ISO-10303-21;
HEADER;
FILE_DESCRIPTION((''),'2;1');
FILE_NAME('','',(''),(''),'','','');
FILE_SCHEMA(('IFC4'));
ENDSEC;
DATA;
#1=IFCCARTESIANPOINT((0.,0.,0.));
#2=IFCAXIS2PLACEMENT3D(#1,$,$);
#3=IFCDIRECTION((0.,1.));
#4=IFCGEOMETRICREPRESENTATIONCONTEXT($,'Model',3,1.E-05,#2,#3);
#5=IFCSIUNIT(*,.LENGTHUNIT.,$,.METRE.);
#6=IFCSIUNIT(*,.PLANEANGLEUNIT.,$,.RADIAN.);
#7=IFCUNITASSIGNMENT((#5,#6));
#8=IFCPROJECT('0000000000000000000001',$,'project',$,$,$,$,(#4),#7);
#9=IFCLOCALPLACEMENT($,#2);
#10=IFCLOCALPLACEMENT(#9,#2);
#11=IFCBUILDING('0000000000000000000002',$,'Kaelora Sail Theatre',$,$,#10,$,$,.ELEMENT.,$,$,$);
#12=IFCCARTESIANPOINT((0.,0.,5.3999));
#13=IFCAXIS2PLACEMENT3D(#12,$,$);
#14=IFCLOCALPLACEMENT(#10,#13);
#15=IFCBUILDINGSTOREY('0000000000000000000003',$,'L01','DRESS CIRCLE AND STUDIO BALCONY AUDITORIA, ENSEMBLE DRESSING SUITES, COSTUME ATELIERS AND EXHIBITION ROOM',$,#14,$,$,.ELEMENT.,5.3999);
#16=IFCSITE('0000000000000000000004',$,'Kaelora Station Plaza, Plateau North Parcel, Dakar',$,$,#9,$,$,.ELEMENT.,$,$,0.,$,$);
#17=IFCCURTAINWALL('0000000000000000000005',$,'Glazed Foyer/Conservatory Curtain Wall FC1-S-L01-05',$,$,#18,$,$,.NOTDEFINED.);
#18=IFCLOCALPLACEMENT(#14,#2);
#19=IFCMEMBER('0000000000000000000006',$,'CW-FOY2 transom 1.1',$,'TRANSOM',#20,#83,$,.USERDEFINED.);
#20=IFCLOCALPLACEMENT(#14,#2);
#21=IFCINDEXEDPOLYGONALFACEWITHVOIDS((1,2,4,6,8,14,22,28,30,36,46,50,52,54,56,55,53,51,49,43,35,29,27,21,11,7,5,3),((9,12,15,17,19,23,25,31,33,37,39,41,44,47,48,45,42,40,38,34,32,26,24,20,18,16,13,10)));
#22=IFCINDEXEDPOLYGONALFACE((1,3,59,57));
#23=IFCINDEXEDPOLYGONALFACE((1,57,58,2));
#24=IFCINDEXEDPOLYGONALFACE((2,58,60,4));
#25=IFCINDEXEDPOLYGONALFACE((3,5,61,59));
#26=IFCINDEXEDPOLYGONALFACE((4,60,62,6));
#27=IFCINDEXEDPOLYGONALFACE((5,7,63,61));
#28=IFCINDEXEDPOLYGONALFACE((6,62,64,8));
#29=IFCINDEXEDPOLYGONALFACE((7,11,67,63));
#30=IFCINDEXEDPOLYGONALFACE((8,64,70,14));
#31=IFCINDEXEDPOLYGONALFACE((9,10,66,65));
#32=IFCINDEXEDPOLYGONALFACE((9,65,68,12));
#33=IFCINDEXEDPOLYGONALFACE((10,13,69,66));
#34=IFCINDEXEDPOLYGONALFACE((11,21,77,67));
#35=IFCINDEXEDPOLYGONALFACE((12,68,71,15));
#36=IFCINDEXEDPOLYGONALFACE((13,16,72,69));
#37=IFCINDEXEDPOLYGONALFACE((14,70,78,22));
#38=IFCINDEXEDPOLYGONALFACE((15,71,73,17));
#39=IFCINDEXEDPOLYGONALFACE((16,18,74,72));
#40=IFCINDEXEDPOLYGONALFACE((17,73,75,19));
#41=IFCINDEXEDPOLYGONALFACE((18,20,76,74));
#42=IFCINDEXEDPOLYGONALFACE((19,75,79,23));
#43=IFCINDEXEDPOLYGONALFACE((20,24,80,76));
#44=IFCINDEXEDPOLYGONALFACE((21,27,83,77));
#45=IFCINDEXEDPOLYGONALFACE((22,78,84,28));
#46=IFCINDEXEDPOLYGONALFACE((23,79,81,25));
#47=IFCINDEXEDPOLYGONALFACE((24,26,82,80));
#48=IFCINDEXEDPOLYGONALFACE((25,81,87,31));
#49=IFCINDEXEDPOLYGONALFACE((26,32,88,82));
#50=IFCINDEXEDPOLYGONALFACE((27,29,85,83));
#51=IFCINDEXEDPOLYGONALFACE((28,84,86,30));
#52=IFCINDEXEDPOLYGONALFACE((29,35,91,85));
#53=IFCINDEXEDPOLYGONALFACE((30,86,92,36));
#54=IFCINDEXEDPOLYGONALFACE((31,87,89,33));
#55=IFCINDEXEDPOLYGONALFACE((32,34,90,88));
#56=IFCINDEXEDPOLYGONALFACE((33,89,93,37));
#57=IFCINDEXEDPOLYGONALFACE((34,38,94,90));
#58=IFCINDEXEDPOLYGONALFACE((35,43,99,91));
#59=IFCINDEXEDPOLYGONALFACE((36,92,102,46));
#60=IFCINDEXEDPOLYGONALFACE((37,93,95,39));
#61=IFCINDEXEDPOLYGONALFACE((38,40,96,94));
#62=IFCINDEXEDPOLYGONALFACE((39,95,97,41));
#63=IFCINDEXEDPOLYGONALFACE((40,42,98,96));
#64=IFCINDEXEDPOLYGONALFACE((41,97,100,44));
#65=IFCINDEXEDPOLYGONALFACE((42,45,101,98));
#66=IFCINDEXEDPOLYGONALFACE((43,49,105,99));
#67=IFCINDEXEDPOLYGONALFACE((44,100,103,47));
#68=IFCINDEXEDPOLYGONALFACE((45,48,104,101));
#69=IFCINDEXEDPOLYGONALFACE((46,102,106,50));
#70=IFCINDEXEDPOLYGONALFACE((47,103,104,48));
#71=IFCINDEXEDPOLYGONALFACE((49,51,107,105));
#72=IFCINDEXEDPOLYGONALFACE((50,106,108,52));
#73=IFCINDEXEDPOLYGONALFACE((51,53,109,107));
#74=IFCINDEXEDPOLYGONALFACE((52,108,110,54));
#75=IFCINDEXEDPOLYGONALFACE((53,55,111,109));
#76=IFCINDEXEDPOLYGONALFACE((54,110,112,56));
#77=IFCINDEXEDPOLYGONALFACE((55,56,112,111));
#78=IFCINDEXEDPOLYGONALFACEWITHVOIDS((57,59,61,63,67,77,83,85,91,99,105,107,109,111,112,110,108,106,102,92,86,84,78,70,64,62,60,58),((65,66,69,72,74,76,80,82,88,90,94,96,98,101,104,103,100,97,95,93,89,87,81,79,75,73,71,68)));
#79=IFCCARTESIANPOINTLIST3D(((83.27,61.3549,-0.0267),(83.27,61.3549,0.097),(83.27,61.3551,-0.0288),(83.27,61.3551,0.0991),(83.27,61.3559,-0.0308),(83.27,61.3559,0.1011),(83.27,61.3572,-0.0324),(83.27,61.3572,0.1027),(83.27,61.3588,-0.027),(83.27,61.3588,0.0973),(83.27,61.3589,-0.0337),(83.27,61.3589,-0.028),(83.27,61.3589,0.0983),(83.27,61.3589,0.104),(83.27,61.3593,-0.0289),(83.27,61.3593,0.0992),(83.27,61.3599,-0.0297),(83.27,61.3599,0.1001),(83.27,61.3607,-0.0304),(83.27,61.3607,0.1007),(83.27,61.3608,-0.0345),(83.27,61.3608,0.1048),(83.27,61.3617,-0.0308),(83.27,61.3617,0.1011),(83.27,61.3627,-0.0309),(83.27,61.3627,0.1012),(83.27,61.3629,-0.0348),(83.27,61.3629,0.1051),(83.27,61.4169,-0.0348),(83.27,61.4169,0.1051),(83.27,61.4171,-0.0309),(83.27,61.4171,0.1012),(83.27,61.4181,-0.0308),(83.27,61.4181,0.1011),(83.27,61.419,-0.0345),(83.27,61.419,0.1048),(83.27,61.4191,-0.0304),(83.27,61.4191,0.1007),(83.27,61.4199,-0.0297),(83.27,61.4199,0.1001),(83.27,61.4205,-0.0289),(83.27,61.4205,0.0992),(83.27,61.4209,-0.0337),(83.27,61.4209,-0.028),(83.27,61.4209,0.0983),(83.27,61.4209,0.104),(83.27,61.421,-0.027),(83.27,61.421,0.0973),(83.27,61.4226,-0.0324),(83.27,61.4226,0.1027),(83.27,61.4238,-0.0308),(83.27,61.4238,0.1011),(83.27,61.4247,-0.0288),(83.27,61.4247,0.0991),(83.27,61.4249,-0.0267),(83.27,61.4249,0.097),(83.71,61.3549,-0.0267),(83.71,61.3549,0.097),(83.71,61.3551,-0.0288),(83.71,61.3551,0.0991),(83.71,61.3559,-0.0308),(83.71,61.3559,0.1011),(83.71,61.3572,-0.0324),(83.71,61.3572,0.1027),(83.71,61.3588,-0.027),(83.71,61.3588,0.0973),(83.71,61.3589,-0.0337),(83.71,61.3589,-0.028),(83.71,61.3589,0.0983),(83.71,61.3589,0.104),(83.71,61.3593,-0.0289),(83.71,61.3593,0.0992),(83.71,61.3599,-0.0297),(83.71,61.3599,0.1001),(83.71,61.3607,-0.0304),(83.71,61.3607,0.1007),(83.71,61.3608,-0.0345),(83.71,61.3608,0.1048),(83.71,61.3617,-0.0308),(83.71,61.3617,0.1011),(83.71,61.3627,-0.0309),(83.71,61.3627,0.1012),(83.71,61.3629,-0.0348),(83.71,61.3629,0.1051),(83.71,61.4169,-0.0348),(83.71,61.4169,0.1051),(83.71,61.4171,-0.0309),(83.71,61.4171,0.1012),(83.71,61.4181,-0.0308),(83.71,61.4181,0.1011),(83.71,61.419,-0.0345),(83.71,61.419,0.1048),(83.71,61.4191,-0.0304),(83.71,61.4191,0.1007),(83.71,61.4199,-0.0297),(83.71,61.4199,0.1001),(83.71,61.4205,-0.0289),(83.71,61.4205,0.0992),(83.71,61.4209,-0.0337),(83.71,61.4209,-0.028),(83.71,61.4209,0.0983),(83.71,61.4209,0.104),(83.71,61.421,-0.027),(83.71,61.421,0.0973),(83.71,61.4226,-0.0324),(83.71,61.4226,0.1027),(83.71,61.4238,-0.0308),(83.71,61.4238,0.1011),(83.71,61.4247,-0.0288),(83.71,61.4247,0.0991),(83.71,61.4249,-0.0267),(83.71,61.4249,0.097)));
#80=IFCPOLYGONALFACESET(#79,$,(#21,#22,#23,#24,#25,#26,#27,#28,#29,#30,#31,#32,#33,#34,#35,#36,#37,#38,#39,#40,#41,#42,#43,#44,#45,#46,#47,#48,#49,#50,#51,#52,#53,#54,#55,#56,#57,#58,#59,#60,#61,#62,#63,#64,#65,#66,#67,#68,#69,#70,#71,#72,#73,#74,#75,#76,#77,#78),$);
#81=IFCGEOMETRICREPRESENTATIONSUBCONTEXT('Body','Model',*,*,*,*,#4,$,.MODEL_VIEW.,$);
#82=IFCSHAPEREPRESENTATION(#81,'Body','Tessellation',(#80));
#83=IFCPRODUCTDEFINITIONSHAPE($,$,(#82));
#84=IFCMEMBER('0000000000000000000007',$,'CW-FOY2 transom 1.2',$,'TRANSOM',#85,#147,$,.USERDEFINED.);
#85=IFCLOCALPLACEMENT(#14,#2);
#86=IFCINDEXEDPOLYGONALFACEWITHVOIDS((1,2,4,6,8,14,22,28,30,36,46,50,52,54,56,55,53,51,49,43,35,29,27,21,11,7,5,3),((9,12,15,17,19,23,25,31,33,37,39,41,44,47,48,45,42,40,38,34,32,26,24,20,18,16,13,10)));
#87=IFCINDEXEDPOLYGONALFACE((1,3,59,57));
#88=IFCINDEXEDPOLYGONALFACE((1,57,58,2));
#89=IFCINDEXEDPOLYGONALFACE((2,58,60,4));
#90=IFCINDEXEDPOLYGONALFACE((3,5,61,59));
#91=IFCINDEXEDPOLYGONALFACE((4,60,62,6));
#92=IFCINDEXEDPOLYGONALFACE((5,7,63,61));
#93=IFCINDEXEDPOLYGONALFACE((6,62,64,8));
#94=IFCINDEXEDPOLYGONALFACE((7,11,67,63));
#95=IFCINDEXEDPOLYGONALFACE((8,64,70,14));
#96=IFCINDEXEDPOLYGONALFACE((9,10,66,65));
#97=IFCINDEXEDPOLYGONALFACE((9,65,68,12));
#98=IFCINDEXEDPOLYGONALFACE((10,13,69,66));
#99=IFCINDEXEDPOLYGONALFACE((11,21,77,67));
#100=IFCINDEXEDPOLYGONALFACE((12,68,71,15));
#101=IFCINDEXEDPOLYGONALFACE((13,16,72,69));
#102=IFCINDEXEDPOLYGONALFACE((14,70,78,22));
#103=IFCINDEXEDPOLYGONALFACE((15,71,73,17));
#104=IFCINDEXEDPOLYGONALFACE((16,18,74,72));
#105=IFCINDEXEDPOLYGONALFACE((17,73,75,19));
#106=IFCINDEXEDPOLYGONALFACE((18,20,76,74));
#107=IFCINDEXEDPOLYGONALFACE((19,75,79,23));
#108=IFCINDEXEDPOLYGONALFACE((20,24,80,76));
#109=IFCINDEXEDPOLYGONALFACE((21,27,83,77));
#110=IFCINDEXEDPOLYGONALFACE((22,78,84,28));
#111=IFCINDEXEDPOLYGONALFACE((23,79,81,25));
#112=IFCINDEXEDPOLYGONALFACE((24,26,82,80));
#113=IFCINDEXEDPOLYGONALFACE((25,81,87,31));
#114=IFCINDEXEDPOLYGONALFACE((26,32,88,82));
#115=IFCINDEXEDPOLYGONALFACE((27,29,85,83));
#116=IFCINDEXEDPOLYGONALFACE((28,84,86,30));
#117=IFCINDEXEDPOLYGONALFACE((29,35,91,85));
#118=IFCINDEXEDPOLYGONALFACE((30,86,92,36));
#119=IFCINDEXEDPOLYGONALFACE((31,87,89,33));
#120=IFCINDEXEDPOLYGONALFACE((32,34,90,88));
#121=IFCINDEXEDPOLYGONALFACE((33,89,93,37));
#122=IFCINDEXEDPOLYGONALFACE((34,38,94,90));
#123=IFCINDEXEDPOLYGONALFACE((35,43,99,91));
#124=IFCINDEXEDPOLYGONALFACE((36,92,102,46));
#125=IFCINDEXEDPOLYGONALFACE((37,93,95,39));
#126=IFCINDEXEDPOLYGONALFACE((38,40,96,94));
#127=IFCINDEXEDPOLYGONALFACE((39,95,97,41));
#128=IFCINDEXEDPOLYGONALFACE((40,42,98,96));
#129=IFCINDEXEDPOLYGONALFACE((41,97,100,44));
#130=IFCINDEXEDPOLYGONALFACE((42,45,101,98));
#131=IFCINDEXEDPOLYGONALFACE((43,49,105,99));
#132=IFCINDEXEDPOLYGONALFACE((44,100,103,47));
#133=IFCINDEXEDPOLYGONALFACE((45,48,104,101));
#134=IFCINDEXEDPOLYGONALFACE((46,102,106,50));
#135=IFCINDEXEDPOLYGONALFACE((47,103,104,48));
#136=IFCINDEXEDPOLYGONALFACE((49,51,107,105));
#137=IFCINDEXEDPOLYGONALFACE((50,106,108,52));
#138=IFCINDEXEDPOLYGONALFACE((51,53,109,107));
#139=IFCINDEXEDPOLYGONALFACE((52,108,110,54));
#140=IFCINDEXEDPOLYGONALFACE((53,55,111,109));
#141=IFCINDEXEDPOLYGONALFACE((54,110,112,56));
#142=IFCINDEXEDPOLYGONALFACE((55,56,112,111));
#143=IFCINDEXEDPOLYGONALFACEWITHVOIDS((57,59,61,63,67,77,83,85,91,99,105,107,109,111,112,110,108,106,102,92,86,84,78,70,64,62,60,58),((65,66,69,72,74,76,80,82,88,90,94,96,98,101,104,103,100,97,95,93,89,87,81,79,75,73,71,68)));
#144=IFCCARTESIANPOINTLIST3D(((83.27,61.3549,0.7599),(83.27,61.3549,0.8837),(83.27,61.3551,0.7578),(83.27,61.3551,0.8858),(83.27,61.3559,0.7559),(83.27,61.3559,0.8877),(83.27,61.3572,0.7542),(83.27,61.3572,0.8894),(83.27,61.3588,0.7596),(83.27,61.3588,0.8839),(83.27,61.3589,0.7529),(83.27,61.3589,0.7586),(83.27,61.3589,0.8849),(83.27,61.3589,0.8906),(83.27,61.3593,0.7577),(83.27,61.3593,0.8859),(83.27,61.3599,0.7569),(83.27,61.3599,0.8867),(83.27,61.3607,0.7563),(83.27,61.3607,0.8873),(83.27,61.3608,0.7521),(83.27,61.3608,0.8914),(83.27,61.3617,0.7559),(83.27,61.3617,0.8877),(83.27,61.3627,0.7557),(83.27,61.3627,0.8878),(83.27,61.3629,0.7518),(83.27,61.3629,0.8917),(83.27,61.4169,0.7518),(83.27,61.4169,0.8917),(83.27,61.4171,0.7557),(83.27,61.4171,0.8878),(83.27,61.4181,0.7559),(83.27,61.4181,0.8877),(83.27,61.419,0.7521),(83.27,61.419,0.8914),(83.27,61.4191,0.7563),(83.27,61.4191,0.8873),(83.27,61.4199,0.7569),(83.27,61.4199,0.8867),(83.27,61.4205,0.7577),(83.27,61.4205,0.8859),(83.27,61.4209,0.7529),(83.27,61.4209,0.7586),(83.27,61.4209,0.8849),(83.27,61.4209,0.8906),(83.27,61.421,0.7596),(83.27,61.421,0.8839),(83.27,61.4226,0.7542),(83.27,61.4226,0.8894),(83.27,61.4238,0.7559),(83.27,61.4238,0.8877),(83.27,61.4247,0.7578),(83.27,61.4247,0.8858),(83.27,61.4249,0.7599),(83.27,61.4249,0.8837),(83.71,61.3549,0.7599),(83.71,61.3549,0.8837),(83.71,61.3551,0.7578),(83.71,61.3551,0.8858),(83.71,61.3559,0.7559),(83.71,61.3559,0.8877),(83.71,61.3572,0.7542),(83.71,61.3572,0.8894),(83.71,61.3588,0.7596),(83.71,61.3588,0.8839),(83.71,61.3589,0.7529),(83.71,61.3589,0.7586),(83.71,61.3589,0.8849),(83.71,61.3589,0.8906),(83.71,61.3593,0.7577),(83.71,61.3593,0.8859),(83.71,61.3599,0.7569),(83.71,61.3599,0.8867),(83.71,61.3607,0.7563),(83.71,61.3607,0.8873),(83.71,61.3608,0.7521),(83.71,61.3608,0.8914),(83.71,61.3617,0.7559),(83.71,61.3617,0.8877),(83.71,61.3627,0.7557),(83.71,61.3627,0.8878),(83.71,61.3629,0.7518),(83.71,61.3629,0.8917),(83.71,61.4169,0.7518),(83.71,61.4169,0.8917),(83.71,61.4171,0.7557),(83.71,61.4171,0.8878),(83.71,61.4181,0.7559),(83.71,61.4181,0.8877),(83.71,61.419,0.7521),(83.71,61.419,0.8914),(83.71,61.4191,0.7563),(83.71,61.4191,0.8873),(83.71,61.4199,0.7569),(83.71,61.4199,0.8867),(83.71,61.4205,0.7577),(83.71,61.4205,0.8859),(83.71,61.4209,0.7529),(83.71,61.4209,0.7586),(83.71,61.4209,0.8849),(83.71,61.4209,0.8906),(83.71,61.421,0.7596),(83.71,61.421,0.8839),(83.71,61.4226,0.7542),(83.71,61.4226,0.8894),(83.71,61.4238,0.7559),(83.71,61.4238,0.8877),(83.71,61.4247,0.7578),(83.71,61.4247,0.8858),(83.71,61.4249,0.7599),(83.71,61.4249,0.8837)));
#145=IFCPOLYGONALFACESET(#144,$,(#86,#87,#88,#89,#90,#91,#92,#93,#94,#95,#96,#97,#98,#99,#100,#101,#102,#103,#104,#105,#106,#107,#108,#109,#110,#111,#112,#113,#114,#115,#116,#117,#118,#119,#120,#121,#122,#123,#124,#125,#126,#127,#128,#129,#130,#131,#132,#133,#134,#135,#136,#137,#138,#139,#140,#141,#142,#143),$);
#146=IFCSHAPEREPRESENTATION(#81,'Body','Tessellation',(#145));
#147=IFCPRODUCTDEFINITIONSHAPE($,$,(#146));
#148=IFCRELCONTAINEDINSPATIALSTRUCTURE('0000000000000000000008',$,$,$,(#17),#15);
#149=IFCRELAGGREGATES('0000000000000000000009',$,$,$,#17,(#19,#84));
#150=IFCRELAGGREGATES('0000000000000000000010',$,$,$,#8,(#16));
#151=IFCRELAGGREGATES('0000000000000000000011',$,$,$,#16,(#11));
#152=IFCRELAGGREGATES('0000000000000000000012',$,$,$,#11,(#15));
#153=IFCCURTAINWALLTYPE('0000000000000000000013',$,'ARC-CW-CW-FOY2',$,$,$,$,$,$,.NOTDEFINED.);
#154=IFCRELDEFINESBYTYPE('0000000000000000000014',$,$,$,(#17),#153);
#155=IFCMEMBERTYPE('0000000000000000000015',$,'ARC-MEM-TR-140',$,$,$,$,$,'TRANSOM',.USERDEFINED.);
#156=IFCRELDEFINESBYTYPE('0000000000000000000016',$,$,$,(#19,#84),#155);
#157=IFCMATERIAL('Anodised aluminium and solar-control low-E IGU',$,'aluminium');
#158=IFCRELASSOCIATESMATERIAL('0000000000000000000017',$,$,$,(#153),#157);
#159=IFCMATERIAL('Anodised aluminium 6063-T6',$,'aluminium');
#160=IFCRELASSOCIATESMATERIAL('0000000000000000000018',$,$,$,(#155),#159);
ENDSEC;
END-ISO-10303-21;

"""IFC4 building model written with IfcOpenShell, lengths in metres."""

from ifc_helpers import new_model, si_unit, direction, frame, origin, origin_2d, place, context, subcontext, project, spatial, hollow_rectangle, extrude, material, material_profile, profile_set, type_object, element, aggregate, save


model = new_model("IFC4")

# Units and contexts
model_context = context("Model", 3, precision=1e-05, world=origin(), true_north=direction((0.0, 1.0)))
body_context = subcontext(model_context, "Body", "Model", "MODEL_VIEW")
ifc_project = project(units=[si_unit("LENGTHUNIT", "METRE"), si_unit("PLANEANGLEUNIT", "RADIAN")], contexts=[model_context])

# Site, building, storey
site_placement = place(None, origin())
site = spatial("IfcSite", under=ifc_project, at=site_placement, Name="Kaelora Station Plaza, Plateau North Parcel, Dakar", CompositionType="ELEMENT", RefElevation=0.0)
building_placement = place(site_placement, origin())
building = spatial("IfcBuilding", under=site, at=building_placement, Name="Kaelora Sail Theatre", CompositionType="ELEMENT")
storey_placement = place(building_placement, frame((0.0, 0.0, 5.3999)))
storey = spatial("IfcBuildingStorey", under=building, at=storey_placement, Name="L01", Description="DRESS CIRCLE AND STUDIO BALCONY AUDITORIA, ENSEMBLE DRESSING SUITES, COSTUME ATELIERS AND EXHIBITION ROOM", CompositionType="ELEMENT", Elevation=5.3999)

# Shared definitions
ifc_material_1 = material(Name="Anodised aluminium and solar-control low-E IGU", Category="aluminium")
curtain_wall_type = type_object("IfcCurtainWallType", Name="ARC-CW-CW-FOY2", PredefinedType="NOTDEFINED", material=ifc_material_1)

# Curtain wall
curtain_wall_1_placement = place(storey_placement, origin())
curtain_wall_1 = element("IfcCurtainWall", 1, at=curtain_wall_1_placement, inside=storey, type_object=curtain_wall_type, Name="Glazed Foyer/Conservatory Curtain Wall FC1-S-L01-05", PredefinedType="NOTDEFINED")

# Members
ifc_material_2 = material(Name="Anodised aluminium 6063-T6", Category="aluminium")
ifc_material_profile_1 = material_profile(ifc_material_2, hollow_rectangle(XDim=0.0701, YDim=0.1399, WallThickness=0.0039, InnerFilletRadius=0.0039, OuterFilletRadius=0.0081, at=origin_2d()), Name="ALU-TRAN 70x140x4")
ifc_profile_set_1 = profile_set([ifc_material_profile_1], Name="Anodised aluminium 6063-T6")
member_type_1 = type_object("IfcMemberType", Name="ARC-MEM-TR-140", ElementType="TRANSOM", PredefinedType="USERDEFINED", material=ifc_profile_set_1)
member_1_placement = place(storey_placement, frame((83.27, 61.3899, 0.0352), z_axis=(1.0, 0.0, 0.0), x_axis=(0.0, 1.0, 0.0)))
member_1 = element("IfcMember", 2, at=member_1_placement, type_object=member_type_1, Name="CW-FOY2 transom 1.1", ObjectType="TRANSOM", PredefinedType="USERDEFINED", context=body_context, shape_type="SweptSolid", body=[
    extrude(hollow_rectangle(XDim=0.0701, YDim=0.1399, WallThickness=0.0039, InnerFilletRadius=0.0039, OuterFilletRadius=0.0081, at=origin_2d()), origin(), (0.0, 0.0, 1.0), 0.4399),
])
member_2_placement = place(storey_placement, frame((83.27, 61.3899, 0.8218), z_axis=(1.0, 0.0, 0.0), x_axis=(0.0, 1.0, 0.0)))
member_2 = element("IfcMember", 3, at=member_2_placement, type_object=member_type_1, Name="CW-FOY2 transom 1.2", ObjectType="TRANSOM", PredefinedType="USERDEFINED", context=body_context, shape_type="SweptSolid", body=[
    extrude(hollow_rectangle(XDim=0.0701, YDim=0.1399, WallThickness=0.0039, InnerFilletRadius=0.0039, OuterFilletRadius=0.0081, at=origin_2d()), origin(), (0.0, 0.0, 1.0), 0.4399),
])

aggregate(curtain_wall_1, [member_1, member_2])

save(model, "model.ifc")
